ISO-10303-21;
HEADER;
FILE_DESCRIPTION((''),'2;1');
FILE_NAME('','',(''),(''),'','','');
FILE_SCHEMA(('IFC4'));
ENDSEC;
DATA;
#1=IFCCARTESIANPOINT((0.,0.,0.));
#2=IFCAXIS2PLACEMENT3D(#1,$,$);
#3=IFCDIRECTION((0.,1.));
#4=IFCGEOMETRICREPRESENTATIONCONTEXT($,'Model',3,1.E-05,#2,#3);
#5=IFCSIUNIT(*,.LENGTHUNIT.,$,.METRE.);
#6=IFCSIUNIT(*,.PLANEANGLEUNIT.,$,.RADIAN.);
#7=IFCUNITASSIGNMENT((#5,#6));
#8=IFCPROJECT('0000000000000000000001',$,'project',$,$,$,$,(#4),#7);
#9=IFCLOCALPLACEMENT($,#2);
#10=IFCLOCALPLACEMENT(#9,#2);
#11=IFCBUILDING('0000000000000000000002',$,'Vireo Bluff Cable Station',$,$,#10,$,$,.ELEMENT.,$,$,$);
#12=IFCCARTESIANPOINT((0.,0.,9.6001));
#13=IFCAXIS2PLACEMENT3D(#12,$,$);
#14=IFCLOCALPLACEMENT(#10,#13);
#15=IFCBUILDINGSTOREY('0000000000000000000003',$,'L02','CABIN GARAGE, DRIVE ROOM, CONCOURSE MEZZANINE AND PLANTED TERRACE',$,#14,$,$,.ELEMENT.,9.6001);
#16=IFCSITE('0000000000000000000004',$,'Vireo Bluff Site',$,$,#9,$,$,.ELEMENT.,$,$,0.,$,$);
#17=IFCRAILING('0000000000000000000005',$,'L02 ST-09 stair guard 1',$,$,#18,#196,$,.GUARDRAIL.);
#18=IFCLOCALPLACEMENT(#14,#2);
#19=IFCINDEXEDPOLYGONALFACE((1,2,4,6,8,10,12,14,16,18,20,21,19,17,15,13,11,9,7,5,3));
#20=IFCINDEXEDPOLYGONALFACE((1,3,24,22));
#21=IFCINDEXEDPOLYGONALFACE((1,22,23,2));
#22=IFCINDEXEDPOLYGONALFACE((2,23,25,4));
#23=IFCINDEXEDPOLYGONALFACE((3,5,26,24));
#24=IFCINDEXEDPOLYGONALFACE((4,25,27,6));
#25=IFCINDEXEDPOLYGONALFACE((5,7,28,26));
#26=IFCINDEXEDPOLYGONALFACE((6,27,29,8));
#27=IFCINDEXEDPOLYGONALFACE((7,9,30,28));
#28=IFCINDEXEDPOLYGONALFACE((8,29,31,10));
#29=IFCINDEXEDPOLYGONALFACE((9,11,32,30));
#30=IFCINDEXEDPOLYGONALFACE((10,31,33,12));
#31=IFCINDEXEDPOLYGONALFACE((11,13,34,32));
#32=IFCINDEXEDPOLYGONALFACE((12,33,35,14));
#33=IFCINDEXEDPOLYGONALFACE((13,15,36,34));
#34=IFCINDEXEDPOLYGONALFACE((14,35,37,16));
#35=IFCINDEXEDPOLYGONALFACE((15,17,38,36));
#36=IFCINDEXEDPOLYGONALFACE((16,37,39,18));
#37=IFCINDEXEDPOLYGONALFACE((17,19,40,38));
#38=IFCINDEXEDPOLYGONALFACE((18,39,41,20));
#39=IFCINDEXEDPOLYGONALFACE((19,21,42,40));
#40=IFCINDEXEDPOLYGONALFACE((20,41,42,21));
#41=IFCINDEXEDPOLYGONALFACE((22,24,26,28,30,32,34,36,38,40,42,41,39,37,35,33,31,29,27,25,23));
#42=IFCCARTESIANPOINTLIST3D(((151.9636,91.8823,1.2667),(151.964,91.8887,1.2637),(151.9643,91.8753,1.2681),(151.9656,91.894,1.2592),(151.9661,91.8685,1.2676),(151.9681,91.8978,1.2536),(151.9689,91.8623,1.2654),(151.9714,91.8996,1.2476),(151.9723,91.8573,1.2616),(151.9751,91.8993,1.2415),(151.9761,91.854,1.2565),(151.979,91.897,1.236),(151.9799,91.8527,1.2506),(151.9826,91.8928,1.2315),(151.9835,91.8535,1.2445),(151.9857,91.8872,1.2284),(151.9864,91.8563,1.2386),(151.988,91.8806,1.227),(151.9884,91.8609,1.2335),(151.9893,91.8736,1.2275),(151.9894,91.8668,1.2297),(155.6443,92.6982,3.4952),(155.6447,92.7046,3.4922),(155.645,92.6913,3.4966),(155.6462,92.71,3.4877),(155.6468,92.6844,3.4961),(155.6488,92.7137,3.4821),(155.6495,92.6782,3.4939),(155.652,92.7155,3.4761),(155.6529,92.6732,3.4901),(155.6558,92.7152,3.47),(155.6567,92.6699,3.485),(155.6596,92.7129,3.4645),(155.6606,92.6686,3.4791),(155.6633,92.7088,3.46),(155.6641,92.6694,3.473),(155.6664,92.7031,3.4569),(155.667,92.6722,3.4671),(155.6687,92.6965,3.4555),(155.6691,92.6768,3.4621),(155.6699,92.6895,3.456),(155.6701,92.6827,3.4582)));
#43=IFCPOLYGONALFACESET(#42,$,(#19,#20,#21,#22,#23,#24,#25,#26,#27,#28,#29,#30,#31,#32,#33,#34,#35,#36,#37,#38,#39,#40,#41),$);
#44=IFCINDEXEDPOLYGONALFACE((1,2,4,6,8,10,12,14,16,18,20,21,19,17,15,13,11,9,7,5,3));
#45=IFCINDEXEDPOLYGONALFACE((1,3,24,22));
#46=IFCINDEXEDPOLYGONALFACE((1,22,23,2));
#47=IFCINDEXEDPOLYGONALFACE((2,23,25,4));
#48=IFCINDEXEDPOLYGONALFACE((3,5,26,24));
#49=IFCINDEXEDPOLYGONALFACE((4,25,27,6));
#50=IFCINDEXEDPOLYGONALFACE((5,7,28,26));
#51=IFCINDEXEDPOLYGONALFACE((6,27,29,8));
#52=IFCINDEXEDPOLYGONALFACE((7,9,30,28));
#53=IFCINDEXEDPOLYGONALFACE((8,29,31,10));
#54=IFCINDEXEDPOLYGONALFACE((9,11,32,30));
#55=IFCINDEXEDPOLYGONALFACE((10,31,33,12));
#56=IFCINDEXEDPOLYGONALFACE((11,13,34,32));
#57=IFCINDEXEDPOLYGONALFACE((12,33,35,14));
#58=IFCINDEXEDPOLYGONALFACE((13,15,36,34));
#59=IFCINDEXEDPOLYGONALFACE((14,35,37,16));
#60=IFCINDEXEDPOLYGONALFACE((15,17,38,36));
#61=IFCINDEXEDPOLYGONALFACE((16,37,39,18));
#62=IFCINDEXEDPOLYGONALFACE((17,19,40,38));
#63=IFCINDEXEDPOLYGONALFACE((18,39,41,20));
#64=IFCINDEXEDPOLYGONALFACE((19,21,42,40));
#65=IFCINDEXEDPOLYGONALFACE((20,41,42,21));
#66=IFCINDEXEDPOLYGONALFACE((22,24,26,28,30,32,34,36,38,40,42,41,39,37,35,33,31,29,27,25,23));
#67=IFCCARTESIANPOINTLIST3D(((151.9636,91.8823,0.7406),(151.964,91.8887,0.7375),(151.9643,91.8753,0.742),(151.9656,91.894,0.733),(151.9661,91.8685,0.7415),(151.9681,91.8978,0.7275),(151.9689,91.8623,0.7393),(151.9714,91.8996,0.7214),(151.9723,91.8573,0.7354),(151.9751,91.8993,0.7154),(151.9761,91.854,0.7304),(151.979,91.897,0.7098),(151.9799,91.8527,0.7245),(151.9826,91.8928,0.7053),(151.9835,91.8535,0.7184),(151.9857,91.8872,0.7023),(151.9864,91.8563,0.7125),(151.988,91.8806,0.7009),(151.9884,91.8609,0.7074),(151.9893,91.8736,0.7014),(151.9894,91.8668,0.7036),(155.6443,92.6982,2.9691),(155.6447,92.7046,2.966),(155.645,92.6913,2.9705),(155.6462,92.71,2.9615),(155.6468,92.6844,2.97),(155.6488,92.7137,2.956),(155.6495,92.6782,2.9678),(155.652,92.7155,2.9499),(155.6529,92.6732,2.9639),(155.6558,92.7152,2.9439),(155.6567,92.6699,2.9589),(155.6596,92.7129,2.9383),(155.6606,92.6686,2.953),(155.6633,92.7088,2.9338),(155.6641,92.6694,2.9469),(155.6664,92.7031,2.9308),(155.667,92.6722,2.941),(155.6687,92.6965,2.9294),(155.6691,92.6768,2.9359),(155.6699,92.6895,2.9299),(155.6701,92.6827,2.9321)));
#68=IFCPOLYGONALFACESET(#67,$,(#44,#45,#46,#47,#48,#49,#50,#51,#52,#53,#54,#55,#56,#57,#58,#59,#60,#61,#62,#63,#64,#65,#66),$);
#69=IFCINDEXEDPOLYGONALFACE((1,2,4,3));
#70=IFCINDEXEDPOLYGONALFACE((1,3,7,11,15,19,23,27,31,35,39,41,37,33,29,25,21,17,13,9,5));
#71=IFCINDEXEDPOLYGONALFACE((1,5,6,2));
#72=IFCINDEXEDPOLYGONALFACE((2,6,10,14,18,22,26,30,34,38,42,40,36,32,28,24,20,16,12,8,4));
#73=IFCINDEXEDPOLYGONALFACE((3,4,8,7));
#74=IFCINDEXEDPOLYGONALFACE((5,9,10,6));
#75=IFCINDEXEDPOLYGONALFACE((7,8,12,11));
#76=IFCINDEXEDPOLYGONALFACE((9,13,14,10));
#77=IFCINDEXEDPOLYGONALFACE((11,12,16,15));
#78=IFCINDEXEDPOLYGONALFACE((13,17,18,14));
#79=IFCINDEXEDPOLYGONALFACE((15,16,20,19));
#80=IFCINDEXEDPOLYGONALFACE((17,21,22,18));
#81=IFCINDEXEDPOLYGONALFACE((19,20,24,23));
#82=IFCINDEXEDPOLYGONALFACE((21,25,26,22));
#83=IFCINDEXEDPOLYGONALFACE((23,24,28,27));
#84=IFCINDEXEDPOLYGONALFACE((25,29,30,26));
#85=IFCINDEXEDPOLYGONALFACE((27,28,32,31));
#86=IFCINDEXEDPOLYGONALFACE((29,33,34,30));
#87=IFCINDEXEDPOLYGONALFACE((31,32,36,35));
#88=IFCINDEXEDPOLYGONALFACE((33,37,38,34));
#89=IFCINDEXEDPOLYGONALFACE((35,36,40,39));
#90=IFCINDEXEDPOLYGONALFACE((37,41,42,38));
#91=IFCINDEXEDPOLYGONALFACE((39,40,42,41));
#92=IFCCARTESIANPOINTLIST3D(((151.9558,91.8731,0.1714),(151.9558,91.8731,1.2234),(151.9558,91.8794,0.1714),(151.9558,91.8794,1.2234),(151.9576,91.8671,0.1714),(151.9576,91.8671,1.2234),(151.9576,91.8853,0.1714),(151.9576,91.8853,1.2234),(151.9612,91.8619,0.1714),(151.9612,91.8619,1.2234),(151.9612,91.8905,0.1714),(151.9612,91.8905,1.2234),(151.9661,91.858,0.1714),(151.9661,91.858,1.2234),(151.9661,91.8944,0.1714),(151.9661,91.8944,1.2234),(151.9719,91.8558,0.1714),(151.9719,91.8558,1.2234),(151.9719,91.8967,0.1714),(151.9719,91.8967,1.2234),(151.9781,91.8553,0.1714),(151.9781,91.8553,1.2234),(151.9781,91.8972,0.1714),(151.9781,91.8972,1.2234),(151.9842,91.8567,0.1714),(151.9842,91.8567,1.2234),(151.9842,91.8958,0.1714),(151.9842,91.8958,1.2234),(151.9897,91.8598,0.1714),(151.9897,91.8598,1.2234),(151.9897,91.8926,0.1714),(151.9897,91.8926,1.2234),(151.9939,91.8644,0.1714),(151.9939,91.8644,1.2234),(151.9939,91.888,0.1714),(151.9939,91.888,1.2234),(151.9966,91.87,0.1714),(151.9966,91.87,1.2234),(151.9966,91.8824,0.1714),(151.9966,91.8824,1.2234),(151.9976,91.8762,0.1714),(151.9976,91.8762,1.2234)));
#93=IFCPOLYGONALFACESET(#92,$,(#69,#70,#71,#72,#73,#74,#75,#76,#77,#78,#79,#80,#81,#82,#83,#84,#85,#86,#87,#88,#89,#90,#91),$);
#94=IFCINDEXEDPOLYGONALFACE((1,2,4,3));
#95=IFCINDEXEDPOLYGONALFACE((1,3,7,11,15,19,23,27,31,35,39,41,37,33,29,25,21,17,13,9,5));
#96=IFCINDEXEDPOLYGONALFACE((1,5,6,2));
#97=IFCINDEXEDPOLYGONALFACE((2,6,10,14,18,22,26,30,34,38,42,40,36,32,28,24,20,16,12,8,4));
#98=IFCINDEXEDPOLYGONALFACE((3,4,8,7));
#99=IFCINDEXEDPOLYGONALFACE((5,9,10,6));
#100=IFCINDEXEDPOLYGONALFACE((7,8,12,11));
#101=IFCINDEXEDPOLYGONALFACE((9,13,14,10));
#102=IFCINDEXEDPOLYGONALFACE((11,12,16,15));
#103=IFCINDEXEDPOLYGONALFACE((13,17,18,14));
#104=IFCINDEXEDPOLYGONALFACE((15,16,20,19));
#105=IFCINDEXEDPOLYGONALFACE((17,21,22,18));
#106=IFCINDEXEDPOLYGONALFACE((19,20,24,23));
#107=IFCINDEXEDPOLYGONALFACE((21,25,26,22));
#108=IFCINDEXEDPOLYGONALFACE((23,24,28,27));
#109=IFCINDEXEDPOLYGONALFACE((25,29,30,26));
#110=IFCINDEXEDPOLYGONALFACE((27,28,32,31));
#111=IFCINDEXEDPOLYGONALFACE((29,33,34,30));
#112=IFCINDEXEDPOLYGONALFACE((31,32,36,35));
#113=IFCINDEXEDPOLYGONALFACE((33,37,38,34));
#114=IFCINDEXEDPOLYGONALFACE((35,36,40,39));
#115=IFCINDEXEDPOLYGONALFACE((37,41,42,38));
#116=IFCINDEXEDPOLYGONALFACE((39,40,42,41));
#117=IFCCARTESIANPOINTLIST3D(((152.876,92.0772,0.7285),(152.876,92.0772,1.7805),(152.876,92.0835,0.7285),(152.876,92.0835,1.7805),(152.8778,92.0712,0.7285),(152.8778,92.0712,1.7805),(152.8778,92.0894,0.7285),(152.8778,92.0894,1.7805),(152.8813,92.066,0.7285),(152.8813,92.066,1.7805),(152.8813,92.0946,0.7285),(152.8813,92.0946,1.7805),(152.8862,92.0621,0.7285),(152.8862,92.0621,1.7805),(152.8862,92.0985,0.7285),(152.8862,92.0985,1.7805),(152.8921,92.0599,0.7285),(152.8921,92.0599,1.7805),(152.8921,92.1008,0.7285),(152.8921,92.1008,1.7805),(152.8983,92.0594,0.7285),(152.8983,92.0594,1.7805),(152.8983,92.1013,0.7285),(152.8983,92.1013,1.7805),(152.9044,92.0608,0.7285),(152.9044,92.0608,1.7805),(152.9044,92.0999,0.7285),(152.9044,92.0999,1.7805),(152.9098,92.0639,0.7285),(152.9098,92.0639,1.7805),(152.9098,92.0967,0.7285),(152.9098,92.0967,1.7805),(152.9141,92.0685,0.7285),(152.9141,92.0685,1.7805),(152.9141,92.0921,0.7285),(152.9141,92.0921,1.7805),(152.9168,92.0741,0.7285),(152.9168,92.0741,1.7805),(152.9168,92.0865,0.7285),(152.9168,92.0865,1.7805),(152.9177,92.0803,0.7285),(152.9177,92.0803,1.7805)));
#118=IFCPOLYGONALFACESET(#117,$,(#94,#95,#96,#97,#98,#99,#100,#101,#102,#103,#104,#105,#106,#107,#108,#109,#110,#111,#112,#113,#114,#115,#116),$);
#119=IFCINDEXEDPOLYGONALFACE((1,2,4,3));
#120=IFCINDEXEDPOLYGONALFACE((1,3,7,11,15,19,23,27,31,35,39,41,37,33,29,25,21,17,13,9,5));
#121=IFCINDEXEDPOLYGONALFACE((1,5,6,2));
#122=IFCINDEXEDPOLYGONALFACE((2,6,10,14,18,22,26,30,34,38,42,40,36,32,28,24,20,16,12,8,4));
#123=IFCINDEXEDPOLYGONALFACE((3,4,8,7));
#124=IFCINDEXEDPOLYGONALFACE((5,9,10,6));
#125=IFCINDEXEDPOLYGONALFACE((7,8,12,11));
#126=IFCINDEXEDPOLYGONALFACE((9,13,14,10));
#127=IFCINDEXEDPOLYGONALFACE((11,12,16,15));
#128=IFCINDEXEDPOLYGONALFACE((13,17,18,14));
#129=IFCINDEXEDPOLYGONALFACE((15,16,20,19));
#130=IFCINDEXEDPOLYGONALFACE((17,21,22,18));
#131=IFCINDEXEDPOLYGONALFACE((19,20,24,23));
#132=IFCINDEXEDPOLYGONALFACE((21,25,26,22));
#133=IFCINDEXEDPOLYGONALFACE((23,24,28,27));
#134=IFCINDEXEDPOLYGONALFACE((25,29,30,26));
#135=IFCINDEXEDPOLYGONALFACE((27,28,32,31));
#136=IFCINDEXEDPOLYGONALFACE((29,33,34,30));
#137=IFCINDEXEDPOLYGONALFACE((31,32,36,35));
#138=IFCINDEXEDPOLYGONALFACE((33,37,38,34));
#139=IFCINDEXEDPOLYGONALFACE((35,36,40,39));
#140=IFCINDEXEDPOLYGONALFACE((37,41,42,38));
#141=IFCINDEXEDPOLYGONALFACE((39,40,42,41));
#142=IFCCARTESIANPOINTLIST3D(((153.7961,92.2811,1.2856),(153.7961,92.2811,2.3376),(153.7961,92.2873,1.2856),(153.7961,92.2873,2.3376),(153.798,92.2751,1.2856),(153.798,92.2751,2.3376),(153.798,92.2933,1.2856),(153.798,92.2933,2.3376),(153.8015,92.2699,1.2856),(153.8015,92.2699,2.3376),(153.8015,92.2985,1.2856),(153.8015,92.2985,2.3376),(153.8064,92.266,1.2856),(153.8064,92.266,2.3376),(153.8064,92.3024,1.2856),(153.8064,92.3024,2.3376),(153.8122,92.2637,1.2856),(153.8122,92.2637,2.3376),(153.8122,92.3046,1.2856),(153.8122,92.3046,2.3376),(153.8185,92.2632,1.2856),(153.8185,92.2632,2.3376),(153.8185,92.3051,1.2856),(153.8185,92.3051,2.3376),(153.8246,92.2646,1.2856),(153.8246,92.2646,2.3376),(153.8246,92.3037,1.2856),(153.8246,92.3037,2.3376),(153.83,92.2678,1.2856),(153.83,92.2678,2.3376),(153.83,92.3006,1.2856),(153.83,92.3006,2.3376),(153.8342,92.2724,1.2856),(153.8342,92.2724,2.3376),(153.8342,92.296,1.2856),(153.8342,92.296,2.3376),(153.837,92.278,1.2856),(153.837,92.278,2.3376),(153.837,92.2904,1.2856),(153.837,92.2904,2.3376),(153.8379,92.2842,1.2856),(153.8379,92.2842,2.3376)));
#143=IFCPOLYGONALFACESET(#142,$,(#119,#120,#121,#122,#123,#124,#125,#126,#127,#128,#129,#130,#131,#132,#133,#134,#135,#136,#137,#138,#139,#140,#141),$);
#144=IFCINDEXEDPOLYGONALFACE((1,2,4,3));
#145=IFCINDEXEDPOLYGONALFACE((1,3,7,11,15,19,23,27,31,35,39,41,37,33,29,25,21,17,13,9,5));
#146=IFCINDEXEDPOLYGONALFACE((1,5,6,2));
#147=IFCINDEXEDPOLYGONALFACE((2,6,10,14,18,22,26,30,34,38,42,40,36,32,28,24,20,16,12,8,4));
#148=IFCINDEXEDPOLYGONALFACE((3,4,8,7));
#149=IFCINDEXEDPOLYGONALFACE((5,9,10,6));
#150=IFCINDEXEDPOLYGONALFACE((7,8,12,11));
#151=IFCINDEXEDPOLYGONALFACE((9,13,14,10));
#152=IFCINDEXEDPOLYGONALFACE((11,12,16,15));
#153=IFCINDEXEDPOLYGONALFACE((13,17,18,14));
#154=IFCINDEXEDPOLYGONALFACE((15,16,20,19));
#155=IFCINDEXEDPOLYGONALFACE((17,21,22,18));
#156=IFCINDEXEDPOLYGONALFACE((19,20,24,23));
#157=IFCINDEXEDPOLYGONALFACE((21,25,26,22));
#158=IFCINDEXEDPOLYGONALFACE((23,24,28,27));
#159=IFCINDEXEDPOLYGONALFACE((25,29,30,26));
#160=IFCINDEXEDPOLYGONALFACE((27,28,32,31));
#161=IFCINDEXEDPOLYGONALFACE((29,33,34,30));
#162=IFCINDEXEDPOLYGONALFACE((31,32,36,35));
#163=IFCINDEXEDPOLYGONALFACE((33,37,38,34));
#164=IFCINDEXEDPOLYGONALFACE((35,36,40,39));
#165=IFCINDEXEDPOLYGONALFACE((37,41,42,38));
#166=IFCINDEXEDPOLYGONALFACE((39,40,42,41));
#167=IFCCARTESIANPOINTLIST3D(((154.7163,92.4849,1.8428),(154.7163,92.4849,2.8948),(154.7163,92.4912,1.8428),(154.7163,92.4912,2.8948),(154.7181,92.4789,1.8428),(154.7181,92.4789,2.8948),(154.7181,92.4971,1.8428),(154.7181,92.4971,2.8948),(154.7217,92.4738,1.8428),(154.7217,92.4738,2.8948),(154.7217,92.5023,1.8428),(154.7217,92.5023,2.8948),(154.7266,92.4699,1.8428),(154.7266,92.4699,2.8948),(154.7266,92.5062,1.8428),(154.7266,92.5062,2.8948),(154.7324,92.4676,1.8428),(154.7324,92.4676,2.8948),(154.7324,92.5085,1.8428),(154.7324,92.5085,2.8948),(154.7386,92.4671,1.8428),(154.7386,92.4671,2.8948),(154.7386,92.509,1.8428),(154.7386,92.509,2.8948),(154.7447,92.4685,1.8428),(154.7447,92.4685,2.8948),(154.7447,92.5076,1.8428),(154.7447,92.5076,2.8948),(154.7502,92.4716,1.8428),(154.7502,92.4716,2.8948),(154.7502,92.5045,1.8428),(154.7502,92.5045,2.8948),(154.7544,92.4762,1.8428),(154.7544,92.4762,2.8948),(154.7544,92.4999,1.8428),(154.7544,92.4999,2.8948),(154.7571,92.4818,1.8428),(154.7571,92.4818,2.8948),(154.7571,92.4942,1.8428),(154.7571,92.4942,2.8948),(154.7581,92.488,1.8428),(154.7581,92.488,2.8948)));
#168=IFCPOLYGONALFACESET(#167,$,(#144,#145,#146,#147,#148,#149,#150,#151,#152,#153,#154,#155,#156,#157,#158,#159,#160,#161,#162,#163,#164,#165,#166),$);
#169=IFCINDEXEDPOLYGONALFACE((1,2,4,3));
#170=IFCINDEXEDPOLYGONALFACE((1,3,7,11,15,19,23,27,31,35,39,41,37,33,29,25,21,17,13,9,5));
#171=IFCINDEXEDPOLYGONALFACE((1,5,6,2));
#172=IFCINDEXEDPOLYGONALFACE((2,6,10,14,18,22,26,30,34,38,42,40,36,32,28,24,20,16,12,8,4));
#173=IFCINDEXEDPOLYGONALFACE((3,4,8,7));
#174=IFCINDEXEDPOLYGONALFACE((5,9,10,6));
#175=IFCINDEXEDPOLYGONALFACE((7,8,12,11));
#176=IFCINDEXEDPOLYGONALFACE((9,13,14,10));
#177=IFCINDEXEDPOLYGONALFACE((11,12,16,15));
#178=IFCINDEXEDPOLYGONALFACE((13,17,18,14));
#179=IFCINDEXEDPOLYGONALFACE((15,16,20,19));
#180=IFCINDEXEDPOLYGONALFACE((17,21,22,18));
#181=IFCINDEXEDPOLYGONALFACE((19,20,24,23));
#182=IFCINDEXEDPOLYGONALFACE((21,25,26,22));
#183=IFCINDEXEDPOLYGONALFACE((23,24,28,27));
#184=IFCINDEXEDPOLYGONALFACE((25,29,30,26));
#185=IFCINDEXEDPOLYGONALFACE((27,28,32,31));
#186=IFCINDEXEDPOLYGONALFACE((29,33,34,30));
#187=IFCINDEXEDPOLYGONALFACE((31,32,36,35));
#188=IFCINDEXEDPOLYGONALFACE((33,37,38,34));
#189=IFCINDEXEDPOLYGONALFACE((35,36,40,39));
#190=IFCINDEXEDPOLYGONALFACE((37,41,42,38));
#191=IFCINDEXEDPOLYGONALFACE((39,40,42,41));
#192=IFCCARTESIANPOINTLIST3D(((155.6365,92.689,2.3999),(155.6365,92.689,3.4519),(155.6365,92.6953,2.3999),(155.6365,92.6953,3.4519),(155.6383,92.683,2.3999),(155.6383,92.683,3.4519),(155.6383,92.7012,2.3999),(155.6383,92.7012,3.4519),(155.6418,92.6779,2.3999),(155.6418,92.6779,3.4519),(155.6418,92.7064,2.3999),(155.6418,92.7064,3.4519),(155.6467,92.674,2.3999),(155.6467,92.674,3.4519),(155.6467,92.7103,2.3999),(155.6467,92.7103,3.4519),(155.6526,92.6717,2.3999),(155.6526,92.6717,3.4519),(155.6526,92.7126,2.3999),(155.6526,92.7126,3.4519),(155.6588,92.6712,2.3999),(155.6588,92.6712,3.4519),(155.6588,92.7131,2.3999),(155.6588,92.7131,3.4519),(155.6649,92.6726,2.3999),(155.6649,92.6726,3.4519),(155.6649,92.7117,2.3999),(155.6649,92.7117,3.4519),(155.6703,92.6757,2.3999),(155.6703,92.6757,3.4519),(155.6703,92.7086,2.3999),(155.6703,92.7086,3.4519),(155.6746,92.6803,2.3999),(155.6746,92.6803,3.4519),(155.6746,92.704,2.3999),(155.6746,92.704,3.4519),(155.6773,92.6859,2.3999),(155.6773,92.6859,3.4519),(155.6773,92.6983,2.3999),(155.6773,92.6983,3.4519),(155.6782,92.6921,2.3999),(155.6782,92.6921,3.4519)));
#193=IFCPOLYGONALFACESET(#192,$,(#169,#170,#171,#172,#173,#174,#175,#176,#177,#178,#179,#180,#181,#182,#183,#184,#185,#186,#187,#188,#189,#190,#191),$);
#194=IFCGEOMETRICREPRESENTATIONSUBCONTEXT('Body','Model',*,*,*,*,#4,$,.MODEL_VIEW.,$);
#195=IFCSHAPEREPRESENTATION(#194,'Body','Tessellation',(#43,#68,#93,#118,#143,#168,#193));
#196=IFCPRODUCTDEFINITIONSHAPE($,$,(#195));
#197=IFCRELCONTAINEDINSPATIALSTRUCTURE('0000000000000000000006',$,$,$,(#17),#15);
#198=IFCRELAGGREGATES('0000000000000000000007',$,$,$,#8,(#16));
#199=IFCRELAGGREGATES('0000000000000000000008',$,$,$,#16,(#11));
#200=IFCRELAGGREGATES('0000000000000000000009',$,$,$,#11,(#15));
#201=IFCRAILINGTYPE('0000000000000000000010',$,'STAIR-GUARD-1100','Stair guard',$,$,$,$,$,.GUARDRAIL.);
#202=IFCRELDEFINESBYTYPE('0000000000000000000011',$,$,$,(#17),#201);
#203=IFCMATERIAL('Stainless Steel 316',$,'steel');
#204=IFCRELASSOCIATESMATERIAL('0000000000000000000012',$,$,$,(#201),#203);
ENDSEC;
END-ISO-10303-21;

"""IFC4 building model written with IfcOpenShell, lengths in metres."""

from ifc_helpers import new_model, si_unit, direction, frame, origin, origin_2d, place, context, subcontext, project, spatial, circle, extrude, material, type_object, element, save


model = new_model("IFC4")

# Units and contexts
model_context = context("Model", 3, precision=1e-05, world=origin(), true_north=direction((0.0, 1.0)))
body_context = subcontext(model_context, "Body", "Model", "MODEL_VIEW")
ifc_project = project(units=[si_unit("LENGTHUNIT", "METRE"), si_unit("PLANEANGLEUNIT", "RADIAN")], contexts=[model_context])

# Site, building, storey
site_placement = place(None, origin())
site = spatial("IfcSite", under=ifc_project, at=site_placement, Name="Vireo Bluff Site", CompositionType="ELEMENT", RefElevation=0.0)
building_placement = place(site_placement, origin())
building = spatial("IfcBuilding", under=site, at=building_placement, Name="Vireo Bluff Cable Station", CompositionType="ELEMENT")
storey_placement = place(building_placement, frame((0.0, 0.0, 9.6001)))
storey = spatial("IfcBuildingStorey", under=building, at=storey_placement, Name="L02", Description="CABIN GARAGE, DRIVE ROOM, CONCOURSE MEZZANINE AND PLANTED TERRACE", CompositionType="ELEMENT", Elevation=9.6001)

# Railing
ifc_material_1 = material(Name="Stainless Steel 316", Category="steel")
railing_type_1 = type_object("IfcRailingType", Name="STAIR-GUARD-1100", Description="Stair guard", PredefinedType="GUARDRAIL", material=ifc_material_1)
railing_1_placement = place(storey_placement, frame((151.9766, 91.8762, 0.1714)))
element("IfcRailing", 1, at=railing_1_placement, inside=storey, type_object=railing_type_1, Name="L02 ST-09 stair guard 1", PredefinedType="GUARDRAIL", context=body_context, shape_type="SweptSolid", body=[
    extrude(circle(Radius=0.0239, at=origin_2d()), frame((0.0, 0.0, 1.0762), z_axis=(0.840446, 0.186307, 0.508861), x_axis=(-0.216423, 0.9763, 0.0)), (0.0, 0.0, 1.0), 4.3794),
    extrude(circle(Radius=0.0239, at=origin_2d()), frame((0.0, 0.0, 0.55), z_axis=(0.840446, 0.186307, 0.508861), x_axis=(-0.216423, 0.9763, 0.0)), (0.0, 0.0, 1.0), 4.3794),
    extrude(circle(Radius=0.021, at=origin_2d()), origin(), (0.0, 0.0, 1.0), 1.052),
    extrude(circle(Radius=0.021, at=origin_2d()), frame((0.9202, 0.2041, 0.5571)), (0.0, 0.0, 1.0), 1.052),
    extrude(circle(Radius=0.021, at=origin_2d()), frame((1.8403, 0.408, 1.1143)), (0.0, 0.0, 1.0), 1.052),
    extrude(circle(Radius=0.021, at=origin_2d()), frame((2.7605, 0.6118, 1.6714)), (0.0, 0.0, 1.0), 1.052),
    extrude(circle(Radius=0.021, at=origin_2d()), frame((3.6807, 0.8159, 2.2285)), (0.0, 0.0, 1.0), 1.052),
])

save(model, "model.ifc")
